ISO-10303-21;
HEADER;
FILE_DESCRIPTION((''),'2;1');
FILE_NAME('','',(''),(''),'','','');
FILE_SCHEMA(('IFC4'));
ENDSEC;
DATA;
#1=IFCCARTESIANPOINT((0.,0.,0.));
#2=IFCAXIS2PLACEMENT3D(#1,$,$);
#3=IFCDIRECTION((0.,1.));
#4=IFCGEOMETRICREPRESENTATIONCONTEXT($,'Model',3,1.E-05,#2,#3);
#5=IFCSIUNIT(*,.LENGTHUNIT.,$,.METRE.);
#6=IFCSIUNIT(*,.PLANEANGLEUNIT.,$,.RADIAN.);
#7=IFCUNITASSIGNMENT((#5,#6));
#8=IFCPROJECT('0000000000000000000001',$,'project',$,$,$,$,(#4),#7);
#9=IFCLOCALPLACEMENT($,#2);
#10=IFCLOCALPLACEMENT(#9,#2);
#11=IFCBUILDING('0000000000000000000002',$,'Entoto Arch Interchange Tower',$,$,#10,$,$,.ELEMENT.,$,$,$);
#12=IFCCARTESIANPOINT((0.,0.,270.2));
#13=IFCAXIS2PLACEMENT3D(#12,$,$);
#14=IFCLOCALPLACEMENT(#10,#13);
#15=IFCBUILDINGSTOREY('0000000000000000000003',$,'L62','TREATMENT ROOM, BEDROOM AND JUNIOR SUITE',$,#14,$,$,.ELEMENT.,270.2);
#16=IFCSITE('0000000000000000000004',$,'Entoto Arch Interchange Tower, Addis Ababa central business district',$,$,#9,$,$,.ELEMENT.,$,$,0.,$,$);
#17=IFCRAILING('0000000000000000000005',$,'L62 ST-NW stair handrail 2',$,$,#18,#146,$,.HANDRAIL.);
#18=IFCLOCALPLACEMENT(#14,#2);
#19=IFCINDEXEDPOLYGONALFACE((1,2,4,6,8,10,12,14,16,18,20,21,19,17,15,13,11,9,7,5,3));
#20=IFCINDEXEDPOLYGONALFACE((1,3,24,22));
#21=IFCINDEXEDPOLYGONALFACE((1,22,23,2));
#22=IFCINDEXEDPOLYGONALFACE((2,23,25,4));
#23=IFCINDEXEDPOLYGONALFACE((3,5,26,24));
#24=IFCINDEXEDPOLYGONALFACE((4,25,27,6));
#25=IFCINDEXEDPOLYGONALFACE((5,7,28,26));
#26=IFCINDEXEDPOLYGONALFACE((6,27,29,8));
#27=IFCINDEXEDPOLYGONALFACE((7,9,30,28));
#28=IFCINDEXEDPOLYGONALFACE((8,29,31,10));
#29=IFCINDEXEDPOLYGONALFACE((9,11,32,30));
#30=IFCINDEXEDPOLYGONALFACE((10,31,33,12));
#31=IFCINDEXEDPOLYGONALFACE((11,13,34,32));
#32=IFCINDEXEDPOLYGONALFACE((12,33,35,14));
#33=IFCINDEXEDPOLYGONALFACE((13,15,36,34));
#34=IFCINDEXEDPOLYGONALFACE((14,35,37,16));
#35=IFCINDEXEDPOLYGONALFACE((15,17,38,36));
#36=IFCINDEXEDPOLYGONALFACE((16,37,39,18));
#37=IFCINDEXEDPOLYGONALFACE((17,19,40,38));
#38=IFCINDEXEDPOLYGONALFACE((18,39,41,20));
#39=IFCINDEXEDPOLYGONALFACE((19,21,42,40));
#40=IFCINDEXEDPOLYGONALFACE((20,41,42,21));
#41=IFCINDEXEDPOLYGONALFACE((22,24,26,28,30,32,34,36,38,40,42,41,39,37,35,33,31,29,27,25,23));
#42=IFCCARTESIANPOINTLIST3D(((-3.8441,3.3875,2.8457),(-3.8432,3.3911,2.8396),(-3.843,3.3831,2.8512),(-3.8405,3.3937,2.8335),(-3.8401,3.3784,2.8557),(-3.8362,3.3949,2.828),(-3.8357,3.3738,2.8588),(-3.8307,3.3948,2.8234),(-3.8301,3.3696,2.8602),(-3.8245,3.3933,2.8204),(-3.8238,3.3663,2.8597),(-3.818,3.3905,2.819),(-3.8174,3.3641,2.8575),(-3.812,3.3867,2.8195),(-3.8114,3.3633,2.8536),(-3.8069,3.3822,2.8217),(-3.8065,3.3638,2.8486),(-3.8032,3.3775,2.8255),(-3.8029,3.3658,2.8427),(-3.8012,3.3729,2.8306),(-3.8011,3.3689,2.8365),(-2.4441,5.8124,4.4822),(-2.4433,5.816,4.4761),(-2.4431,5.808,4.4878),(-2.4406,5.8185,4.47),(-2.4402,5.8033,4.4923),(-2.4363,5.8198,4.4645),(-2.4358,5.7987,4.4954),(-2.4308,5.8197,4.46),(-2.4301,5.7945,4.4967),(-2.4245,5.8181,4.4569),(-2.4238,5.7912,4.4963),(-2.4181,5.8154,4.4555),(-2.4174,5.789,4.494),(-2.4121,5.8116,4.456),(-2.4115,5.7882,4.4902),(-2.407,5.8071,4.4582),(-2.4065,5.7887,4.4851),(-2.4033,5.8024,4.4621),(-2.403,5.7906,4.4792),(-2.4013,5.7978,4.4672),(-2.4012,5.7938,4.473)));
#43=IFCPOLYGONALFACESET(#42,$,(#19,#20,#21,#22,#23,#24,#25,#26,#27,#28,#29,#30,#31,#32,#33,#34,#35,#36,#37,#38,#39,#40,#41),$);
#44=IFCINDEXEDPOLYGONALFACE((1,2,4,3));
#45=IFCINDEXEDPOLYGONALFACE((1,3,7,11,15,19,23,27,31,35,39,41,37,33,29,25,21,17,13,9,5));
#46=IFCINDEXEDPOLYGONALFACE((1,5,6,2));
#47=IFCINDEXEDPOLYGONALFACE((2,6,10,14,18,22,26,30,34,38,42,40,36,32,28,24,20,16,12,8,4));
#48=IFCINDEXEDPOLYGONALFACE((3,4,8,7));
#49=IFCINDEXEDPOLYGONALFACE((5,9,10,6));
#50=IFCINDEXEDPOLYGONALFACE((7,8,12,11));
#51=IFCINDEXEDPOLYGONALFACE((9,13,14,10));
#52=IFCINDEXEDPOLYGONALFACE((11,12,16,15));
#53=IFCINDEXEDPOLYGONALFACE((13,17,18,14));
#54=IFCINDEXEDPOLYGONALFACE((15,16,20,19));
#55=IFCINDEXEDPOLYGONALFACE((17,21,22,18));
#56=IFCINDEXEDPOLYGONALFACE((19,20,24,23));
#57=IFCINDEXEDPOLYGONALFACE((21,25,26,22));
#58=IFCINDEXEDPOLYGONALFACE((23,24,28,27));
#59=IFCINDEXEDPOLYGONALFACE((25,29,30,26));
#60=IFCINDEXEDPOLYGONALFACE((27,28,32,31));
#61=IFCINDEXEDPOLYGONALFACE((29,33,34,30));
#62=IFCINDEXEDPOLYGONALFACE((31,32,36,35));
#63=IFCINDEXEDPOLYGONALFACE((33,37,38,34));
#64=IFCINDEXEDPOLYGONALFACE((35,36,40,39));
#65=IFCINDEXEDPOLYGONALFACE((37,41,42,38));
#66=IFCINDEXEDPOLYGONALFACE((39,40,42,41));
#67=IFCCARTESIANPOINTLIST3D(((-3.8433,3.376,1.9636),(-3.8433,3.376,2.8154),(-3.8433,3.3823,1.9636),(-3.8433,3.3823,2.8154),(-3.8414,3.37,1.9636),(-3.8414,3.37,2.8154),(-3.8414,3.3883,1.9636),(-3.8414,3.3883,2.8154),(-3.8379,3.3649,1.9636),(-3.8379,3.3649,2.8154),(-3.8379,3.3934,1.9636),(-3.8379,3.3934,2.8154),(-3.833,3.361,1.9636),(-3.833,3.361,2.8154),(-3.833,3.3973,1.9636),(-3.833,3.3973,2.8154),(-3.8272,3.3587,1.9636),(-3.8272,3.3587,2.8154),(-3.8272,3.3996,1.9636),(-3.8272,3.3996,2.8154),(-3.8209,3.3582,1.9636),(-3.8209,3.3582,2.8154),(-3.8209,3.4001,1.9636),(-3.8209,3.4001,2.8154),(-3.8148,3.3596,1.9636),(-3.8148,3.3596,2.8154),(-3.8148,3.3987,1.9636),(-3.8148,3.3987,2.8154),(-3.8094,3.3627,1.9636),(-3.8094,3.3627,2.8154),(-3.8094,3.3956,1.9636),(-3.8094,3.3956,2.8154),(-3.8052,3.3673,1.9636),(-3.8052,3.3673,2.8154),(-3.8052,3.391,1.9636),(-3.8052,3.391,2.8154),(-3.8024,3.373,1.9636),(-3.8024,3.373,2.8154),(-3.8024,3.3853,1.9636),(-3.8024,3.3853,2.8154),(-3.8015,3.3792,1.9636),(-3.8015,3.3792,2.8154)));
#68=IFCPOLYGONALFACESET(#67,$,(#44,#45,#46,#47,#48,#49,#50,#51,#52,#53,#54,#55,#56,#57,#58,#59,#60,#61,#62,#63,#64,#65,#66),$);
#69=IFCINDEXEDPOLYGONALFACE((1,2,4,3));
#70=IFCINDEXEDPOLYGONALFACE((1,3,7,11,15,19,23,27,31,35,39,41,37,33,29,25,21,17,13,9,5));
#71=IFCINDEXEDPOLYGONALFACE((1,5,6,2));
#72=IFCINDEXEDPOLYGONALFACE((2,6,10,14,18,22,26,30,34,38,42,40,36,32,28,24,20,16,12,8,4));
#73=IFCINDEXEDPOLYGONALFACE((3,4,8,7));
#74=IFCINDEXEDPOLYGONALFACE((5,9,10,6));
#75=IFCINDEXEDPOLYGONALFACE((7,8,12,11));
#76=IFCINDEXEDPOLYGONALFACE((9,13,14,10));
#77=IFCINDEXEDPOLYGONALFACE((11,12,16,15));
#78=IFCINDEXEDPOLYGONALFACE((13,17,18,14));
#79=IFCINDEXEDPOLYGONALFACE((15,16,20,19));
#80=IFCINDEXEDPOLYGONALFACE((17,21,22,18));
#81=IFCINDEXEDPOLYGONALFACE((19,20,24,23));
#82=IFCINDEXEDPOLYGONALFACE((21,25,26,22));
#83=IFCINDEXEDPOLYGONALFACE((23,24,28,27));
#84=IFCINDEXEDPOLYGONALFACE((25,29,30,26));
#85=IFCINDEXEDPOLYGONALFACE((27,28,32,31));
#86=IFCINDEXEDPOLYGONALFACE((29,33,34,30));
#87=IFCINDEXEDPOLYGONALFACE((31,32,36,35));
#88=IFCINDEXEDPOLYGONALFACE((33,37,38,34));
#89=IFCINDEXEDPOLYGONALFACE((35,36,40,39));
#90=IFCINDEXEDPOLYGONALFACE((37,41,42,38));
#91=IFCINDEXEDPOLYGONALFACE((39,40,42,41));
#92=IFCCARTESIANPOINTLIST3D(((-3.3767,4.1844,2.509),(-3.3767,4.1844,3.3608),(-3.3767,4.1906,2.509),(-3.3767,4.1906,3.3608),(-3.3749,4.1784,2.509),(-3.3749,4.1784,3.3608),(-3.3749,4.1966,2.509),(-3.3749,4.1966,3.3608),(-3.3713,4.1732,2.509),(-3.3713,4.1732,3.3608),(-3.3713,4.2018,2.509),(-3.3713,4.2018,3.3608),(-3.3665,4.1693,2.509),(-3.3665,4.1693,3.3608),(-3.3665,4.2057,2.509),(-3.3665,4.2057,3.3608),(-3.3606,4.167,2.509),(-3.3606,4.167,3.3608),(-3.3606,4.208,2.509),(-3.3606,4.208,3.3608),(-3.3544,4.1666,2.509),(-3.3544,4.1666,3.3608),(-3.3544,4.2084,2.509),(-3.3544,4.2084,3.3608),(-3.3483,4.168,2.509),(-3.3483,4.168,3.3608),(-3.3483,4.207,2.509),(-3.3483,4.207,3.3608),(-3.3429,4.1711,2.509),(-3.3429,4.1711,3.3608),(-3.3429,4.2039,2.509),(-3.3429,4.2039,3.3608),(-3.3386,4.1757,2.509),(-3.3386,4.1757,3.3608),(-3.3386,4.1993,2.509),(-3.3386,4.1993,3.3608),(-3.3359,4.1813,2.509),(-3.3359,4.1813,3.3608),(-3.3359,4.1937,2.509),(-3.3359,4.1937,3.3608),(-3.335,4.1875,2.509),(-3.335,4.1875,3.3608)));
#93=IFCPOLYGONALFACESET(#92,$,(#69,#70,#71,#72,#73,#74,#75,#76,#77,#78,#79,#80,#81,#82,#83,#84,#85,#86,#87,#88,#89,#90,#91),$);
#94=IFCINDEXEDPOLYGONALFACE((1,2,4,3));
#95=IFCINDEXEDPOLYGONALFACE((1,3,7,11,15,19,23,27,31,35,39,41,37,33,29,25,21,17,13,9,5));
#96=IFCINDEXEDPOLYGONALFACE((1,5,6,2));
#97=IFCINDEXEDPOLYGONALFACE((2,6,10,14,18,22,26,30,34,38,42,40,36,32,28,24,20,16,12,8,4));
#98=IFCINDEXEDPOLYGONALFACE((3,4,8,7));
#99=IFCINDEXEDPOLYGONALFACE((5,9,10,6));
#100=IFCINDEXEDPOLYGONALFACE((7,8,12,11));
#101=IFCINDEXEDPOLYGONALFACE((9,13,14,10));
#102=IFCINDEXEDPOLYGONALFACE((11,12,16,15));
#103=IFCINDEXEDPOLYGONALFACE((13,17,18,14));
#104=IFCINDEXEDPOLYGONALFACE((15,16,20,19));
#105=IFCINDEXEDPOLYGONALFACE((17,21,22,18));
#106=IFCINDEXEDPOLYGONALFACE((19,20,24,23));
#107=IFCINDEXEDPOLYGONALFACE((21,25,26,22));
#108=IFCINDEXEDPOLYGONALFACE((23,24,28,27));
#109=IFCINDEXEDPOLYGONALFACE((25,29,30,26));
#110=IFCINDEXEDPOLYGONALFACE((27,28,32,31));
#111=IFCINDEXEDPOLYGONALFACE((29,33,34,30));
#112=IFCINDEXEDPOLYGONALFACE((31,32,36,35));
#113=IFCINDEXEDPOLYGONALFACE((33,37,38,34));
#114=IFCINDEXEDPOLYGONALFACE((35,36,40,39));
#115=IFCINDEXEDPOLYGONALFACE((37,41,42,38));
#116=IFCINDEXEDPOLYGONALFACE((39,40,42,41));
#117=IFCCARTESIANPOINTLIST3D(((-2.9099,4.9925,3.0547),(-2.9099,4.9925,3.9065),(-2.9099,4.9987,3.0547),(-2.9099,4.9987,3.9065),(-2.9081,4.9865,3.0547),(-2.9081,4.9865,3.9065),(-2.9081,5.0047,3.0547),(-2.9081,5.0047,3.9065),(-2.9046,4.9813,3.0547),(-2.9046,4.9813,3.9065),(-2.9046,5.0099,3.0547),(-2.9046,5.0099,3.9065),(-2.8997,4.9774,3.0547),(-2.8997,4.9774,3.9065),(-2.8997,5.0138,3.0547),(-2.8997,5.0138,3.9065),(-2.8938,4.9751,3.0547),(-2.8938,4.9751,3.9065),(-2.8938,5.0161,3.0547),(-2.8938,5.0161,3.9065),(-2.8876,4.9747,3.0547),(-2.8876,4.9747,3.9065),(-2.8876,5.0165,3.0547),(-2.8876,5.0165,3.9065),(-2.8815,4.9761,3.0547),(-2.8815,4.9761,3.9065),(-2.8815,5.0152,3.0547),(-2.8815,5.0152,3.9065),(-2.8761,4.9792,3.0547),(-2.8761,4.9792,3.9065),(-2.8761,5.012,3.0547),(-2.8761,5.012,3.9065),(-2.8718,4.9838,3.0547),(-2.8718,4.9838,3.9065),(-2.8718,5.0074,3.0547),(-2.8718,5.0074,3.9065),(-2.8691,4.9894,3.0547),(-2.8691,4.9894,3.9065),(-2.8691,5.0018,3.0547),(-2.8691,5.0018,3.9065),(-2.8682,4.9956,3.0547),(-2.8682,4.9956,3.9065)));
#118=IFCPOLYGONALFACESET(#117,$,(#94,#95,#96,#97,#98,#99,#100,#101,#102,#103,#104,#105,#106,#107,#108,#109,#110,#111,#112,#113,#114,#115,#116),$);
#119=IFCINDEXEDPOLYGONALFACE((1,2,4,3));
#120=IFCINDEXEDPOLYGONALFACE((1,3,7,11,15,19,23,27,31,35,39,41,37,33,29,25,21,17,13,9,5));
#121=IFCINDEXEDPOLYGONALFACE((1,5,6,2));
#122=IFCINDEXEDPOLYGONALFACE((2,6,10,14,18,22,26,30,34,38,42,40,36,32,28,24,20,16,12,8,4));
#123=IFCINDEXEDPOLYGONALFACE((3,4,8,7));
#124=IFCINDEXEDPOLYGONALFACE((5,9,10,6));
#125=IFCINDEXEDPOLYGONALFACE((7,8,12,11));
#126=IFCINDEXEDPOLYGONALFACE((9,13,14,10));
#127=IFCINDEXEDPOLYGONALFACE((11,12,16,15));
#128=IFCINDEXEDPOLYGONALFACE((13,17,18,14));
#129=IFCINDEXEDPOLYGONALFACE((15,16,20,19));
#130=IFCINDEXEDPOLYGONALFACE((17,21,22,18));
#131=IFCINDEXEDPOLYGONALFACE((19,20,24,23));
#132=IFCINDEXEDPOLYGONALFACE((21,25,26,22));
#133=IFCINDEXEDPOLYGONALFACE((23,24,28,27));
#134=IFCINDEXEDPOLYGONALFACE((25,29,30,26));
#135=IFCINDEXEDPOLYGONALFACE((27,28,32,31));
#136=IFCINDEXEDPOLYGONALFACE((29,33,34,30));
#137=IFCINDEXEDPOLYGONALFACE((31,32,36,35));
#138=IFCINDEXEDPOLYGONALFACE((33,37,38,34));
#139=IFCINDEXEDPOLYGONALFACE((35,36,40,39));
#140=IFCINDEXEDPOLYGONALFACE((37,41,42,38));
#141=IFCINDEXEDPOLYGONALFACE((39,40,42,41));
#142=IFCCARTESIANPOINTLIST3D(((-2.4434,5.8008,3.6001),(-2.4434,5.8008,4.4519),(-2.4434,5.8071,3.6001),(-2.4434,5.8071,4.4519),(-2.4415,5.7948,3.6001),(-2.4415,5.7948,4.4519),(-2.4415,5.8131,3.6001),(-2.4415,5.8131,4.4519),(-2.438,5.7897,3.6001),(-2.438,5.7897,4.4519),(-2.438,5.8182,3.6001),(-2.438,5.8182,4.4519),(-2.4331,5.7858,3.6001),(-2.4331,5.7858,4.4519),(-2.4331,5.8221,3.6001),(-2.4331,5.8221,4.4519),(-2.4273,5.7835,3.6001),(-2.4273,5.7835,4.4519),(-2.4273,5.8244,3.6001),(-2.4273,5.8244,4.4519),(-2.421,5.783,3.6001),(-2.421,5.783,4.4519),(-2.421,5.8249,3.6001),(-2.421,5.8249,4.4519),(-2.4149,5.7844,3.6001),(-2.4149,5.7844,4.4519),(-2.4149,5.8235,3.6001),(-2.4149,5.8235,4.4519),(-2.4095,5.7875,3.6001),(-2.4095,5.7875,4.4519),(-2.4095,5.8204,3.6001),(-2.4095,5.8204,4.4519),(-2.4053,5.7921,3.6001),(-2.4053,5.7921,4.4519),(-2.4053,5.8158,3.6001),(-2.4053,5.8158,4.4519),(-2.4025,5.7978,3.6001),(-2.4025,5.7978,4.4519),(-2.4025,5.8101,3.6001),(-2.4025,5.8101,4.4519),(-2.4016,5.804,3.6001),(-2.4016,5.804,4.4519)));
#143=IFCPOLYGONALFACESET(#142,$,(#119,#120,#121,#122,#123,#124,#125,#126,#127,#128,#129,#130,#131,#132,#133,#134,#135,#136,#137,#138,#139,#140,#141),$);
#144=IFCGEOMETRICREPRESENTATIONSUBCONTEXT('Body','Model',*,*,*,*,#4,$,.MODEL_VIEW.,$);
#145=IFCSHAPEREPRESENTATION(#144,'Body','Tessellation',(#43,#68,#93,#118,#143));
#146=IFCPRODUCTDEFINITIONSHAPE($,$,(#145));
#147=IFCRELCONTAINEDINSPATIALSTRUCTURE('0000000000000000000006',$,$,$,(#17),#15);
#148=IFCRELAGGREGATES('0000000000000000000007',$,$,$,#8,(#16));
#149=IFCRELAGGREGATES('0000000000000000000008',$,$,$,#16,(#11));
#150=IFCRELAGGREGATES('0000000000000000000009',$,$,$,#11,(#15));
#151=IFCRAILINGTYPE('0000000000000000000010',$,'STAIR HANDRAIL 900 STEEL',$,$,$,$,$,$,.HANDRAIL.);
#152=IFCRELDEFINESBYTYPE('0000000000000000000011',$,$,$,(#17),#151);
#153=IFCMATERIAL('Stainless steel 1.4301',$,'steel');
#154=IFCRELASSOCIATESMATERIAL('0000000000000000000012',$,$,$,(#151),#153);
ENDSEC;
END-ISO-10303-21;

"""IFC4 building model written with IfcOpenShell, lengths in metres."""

from ifc_helpers import new_model, si_unit, direction, frame, origin, origin_2d, place, context, subcontext, project, spatial, circle, extrude, material, type_object, element, save


model = new_model("IFC4")

# Units and contexts
model_context = context("Model", 3, precision=1e-05, world=origin(), true_north=direction((0.0, 1.0)))
body_context = subcontext(model_context, "Body", "Model", "MODEL_VIEW")
ifc_project = project(units=[si_unit("LENGTHUNIT", "METRE"), si_unit("PLANEANGLEUNIT", "RADIAN")], contexts=[model_context])

# Site, building, storey
site_placement = place(None, origin())
site = spatial("IfcSite", under=ifc_project, at=site_placement, Name="Entoto Arch Interchange Tower, Addis Ababa central business district", CompositionType="ELEMENT", RefElevation=0.0)
building_placement = place(site_placement, origin())
building = spatial("IfcBuilding", under=site, at=building_placement, Name="Entoto Arch Interchange Tower", CompositionType="ELEMENT")
storey_placement = place(building_placement, frame((0.0, 0.0, 270.2)))
storey = spatial("IfcBuildingStorey", under=building, at=storey_placement, Name="L62", Description="TREATMENT ROOM, BEDROOM AND JUNIOR SUITE", CompositionType="ELEMENT", Elevation=270.2)

# Railing
ifc_material_1 = material(Name="Stainless steel 1.4301", Category="steel")
railing_type_1 = type_object("IfcRailingType", Name="STAIR HANDRAIL 900 STEEL", PredefinedType="HANDRAIL", material=ifc_material_1)
railing_1_placement = place(storey_placement, frame((-3.8225, 3.3792, 1.9636)))
element("IfcRailing", 1, at=railing_1_placement, inside=storey, type_object=railing_type_1, Name="L62 ST-NW stair handrail 2", PredefinedType="HANDRAIL", context=body_context, shape_type="SweptSolid", body=[
    extrude(circle(Radius=0.0239, at=origin_2d()), frame((0.0, 0.0, 0.876), z_axis=(0.431661, 0.74769, 0.504608), x_axis=(-0.866035, 0.499984, 0.0)), (0.0, 0.0, 1.0), 3.2432),
    extrude(circle(Radius=0.021, at=origin_2d()), origin(), (0.0, 0.0, 1.0), 0.8518),
    extrude(circle(Radius=0.021, at=origin_2d()), frame((0.4666, 0.8083, 0.5454)), (0.0, 0.0, 1.0), 0.8518),
    extrude(circle(Radius=0.021, at=origin_2d()), frame((0.9333, 1.6165, 1.0911)), (0.0, 0.0, 1.0), 0.8518),
    extrude(circle(Radius=0.021, at=origin_2d()), frame((1.3999, 2.4248, 1.6365)), (0.0, 0.0, 1.0), 0.8518),
])

save(model, "model.ifc")
